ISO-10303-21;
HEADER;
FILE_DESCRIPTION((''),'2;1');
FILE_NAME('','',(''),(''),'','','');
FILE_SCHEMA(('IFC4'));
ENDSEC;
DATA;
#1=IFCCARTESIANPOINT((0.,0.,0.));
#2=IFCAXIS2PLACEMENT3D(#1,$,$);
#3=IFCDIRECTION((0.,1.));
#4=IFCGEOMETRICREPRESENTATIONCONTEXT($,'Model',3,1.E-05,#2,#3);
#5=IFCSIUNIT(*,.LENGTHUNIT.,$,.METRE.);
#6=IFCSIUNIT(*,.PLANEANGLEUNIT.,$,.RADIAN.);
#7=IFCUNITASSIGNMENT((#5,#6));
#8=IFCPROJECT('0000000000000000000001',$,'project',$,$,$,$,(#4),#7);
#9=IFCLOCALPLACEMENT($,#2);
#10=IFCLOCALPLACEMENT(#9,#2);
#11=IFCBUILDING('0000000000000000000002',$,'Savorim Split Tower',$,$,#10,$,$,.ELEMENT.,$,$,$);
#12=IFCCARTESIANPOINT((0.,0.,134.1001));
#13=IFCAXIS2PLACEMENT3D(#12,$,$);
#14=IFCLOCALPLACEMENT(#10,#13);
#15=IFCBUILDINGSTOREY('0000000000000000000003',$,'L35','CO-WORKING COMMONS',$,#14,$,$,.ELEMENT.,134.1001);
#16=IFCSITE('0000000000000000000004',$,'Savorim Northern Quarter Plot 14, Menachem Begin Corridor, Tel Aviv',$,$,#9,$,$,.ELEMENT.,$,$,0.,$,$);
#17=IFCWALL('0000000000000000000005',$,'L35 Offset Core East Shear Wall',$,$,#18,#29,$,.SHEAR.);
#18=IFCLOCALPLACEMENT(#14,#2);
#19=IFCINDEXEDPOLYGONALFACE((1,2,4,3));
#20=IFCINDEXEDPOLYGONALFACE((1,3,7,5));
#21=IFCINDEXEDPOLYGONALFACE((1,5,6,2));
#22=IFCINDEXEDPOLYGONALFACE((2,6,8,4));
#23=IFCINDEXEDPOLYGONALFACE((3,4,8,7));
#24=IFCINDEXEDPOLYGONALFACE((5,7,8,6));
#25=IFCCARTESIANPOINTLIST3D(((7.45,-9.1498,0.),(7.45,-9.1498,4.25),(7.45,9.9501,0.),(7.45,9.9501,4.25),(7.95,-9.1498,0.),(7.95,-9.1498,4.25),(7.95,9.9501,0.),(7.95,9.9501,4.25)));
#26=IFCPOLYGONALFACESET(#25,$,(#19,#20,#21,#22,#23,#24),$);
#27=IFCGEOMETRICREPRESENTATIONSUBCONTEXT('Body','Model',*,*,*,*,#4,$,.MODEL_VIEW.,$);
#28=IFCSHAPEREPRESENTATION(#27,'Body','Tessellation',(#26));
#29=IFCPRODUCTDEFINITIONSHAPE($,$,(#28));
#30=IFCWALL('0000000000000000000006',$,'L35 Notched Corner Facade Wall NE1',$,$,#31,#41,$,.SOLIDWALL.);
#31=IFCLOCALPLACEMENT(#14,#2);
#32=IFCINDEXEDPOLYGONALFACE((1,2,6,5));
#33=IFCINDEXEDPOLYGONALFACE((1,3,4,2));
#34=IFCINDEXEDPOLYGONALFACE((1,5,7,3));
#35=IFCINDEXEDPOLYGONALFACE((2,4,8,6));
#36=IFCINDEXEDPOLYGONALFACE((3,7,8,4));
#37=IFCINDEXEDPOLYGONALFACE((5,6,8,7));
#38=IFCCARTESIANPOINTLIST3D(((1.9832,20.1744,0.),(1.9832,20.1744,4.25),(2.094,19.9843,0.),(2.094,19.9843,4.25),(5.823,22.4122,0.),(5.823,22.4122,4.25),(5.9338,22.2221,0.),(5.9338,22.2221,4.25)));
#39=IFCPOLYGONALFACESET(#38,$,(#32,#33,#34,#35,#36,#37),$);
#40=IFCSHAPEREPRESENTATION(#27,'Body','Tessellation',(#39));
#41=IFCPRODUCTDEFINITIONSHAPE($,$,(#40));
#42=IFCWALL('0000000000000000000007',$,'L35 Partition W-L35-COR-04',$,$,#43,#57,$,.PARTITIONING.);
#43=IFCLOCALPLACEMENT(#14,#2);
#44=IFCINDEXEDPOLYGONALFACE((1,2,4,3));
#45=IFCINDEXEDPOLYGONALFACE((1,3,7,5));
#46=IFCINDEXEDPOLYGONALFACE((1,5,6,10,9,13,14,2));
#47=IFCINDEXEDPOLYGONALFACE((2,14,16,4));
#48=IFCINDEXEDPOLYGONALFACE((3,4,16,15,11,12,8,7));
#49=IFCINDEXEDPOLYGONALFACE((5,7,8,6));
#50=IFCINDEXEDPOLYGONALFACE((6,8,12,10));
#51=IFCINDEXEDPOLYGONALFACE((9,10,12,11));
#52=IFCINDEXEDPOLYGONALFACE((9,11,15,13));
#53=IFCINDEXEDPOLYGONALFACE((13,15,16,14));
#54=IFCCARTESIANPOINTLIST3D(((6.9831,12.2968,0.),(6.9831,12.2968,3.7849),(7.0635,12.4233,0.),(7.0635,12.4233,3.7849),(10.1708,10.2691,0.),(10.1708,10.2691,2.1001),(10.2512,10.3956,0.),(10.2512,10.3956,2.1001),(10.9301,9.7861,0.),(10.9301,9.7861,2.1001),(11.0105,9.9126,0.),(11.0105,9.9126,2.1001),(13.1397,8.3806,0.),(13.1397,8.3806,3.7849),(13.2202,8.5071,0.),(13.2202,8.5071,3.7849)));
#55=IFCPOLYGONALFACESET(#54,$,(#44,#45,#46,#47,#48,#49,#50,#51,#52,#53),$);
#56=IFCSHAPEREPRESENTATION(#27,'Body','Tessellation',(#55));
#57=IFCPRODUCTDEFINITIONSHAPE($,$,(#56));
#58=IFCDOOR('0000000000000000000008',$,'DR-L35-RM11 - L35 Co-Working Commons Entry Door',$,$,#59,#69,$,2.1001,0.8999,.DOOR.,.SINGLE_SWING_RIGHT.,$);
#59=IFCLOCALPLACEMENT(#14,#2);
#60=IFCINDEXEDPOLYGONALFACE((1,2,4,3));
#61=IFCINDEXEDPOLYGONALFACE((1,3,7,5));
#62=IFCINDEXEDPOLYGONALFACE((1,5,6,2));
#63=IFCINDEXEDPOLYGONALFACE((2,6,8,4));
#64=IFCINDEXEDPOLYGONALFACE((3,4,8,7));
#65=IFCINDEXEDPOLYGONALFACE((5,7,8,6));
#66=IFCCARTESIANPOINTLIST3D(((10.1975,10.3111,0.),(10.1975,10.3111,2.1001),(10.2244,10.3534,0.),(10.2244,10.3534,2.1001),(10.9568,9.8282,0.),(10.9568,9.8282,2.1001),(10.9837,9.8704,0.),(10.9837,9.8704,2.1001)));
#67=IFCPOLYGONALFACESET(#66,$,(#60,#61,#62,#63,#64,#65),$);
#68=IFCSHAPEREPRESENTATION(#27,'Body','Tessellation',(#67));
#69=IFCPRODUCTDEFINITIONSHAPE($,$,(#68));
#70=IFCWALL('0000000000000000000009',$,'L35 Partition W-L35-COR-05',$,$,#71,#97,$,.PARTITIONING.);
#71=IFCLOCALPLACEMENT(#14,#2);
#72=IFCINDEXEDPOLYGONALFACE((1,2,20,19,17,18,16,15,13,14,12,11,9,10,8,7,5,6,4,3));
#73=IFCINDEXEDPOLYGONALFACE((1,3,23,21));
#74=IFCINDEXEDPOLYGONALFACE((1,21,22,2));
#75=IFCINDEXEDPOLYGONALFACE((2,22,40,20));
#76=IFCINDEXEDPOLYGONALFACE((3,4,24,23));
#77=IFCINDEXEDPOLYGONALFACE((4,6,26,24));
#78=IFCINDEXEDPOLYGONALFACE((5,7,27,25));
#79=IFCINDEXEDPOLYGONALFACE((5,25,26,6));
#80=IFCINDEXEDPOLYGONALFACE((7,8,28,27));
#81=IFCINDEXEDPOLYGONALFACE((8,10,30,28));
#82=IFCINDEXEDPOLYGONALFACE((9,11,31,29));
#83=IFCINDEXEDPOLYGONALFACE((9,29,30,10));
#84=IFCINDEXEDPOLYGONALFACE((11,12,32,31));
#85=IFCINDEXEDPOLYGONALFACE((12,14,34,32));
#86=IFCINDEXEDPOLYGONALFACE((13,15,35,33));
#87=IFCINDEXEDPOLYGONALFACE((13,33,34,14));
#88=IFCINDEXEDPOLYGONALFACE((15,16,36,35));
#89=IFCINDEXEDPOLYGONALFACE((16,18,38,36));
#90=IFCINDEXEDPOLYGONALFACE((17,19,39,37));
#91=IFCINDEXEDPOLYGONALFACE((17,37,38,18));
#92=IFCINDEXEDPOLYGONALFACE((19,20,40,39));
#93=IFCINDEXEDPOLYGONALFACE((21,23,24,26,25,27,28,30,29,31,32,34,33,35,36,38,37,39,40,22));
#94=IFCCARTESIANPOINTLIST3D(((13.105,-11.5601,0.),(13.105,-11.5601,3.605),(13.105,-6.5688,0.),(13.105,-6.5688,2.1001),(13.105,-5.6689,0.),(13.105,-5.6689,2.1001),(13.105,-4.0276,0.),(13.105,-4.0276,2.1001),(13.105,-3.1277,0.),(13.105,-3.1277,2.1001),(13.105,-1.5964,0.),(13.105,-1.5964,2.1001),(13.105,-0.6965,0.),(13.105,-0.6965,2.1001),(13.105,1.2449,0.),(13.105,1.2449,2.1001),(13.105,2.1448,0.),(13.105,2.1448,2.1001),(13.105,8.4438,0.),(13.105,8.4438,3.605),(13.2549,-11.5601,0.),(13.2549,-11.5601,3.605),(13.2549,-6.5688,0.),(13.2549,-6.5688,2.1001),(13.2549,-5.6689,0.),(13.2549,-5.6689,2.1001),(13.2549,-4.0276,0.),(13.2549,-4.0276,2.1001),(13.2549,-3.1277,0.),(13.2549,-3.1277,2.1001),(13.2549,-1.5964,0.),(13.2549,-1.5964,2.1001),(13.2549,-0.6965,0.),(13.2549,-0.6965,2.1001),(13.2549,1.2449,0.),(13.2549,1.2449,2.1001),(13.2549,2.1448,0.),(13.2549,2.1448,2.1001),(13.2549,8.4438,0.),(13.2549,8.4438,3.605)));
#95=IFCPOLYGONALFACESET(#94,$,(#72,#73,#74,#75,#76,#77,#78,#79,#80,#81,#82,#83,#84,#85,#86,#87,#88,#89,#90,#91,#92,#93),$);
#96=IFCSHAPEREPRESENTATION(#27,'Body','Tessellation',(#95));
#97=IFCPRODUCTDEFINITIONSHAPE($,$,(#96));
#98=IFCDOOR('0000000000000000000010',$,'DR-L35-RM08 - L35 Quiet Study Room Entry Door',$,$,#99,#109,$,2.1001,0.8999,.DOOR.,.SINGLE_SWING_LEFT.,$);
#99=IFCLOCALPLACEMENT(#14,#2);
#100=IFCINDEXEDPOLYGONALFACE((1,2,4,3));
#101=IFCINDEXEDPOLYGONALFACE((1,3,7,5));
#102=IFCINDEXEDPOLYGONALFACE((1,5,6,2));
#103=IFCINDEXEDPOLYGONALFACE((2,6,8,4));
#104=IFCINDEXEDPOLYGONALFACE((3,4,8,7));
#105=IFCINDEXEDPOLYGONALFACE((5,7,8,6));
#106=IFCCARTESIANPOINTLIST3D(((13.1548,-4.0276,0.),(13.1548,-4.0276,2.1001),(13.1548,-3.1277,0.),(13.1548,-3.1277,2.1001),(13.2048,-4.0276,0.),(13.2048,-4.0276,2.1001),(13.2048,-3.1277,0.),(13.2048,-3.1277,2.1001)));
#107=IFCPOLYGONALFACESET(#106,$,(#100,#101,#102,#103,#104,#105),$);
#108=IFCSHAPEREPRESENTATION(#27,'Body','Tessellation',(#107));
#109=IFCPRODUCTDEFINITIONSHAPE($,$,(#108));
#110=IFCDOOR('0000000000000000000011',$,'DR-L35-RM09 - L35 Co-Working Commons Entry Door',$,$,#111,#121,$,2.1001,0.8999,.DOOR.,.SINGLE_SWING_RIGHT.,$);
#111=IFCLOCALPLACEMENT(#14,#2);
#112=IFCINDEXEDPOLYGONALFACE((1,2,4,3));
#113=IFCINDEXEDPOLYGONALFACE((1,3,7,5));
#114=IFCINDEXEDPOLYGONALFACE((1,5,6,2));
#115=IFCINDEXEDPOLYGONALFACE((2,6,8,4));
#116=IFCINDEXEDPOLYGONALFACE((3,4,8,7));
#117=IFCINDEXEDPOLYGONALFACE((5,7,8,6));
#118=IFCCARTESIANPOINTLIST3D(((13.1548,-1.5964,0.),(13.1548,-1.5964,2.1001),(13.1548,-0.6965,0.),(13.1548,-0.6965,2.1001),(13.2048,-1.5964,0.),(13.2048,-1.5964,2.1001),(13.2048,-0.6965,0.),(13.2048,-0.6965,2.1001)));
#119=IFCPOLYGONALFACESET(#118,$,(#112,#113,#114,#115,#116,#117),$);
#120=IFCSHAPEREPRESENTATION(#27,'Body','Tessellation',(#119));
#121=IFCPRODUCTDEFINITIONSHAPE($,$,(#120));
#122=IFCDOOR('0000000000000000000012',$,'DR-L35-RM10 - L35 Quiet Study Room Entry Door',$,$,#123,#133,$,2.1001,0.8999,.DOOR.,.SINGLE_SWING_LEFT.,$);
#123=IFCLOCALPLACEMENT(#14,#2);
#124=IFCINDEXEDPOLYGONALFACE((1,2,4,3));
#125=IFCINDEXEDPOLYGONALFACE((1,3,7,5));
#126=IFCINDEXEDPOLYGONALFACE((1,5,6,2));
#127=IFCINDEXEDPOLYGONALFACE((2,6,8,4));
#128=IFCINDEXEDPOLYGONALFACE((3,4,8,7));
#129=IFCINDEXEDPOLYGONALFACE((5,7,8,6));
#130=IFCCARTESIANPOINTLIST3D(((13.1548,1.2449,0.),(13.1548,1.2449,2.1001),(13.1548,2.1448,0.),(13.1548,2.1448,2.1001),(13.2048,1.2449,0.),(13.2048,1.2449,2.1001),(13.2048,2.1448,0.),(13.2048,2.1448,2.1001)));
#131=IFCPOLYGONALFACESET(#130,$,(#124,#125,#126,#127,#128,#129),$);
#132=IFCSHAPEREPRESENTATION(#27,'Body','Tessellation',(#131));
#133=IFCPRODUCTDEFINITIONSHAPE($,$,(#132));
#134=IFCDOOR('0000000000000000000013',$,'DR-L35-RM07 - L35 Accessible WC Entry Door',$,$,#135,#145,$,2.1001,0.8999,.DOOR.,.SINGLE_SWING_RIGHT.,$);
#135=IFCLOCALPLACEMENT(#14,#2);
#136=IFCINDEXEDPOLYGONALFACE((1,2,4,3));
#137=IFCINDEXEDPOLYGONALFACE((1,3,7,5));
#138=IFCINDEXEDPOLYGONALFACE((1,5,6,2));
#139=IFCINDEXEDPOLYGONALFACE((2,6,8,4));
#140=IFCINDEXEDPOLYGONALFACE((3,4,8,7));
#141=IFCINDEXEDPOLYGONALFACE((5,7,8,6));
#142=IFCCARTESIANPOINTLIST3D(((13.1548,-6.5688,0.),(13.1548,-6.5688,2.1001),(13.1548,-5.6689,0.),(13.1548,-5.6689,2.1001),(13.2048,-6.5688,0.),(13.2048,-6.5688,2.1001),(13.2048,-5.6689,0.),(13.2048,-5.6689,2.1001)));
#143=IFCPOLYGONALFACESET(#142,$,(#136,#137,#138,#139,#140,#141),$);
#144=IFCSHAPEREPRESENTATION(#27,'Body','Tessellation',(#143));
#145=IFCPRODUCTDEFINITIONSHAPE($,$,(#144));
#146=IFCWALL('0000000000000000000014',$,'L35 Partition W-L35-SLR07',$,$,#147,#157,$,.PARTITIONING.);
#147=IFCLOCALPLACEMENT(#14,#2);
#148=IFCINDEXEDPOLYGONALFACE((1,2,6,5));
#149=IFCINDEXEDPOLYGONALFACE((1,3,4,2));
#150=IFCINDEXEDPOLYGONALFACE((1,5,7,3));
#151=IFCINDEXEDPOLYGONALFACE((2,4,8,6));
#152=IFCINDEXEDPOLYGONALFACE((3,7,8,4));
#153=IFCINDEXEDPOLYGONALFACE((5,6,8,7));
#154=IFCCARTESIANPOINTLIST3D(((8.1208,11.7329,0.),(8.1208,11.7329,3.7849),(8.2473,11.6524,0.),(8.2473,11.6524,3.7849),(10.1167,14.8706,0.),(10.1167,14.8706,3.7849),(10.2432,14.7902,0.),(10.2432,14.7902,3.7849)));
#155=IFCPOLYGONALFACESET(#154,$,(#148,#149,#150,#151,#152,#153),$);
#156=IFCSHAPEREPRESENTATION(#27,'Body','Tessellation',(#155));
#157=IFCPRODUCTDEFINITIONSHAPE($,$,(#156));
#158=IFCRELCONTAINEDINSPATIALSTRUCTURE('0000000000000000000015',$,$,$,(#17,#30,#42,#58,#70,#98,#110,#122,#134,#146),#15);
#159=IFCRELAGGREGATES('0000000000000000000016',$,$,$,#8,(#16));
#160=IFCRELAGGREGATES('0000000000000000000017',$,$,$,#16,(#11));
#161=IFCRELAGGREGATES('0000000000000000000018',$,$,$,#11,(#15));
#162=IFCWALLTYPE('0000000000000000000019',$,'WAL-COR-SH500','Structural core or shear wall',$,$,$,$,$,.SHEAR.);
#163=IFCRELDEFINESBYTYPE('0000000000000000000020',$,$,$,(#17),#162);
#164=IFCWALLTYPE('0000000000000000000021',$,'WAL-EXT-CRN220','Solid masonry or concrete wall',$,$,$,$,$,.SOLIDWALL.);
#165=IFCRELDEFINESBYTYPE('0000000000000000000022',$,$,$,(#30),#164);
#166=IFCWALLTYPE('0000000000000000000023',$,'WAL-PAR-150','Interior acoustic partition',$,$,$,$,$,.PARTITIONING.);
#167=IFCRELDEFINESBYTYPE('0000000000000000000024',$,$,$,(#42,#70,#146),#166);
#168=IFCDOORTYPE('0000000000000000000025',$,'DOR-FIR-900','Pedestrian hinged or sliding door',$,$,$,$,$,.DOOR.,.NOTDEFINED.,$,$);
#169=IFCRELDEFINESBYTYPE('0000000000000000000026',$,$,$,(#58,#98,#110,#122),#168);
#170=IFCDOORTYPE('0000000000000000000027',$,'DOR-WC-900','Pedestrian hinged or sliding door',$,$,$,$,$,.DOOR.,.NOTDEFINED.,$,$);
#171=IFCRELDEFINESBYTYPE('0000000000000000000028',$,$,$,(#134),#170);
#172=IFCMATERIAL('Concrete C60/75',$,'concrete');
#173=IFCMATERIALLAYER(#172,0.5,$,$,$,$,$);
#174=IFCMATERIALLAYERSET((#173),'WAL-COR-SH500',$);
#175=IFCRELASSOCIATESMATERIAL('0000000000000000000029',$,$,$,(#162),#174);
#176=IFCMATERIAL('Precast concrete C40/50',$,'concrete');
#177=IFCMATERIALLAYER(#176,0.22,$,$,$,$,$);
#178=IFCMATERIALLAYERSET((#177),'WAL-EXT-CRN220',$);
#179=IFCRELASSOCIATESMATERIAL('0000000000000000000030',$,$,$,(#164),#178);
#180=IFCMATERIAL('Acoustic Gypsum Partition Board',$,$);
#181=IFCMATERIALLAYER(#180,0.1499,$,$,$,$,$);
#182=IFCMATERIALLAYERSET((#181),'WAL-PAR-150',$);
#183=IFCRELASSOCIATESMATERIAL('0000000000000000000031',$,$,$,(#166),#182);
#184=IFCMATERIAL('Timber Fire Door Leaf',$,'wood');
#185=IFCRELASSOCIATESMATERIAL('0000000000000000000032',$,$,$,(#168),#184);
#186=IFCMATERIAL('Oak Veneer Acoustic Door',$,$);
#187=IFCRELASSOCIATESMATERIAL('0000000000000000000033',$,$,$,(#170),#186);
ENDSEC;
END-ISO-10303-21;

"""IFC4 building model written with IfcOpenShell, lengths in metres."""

from ifc_helpers import new_model, si_unit, direction, frame, frame_2d, origin, place, context, subcontext, project, spatial, rectangle, extrude, material, layer, layer_set, type_object, element, fill, save


model = new_model("IFC4")

# Units and contexts
model_context = context("Model", 3, precision=1e-05, world=origin(), true_north=direction((0.0, 1.0)))
body_context = subcontext(model_context, "Body", "Model", "MODEL_VIEW")
ifc_project = project(units=[si_unit("LENGTHUNIT", "METRE"), si_unit("PLANEANGLEUNIT", "RADIAN")], contexts=[model_context])

# Site, building, storey
site_placement = place(None, origin())
site = spatial("IfcSite", under=ifc_project, at=site_placement, Name="Savorim Northern Quarter Plot 14, Menachem Begin Corridor, Tel Aviv", CompositionType="ELEMENT", RefElevation=0.0)
building_placement = place(site_placement, origin())
building = spatial("IfcBuilding", under=site, at=building_placement, Name="Savorim Split Tower", CompositionType="ELEMENT")
storey_placement = place(building_placement, frame((0.0, 0.0, 134.1001)))
storey = spatial("IfcBuildingStorey", under=building, at=storey_placement, Name="L35", Description="CO-WORKING COMMONS", CompositionType="ELEMENT", Elevation=134.1001)

# Shared definitions
ifc_material_1 = material(Name="Concrete C60/75", Category="concrete")
ifc_layer_1 = layer(ifc_material_1, 0.5)
ifc_layer_set_1 = layer_set([ifc_layer_1], Name="WAL-COR-SH500")
wall_type_1 = type_object("IfcWallType", Name="WAL-COR-SH500", Description="Structural core or shear wall", PredefinedType="SHEAR", material=ifc_layer_set_1)
ifc_material_2 = material(Name="Timber Fire Door Leaf", Category="wood")

# Walls
wall_1_placement = place(storey_placement, frame((7.7, 9.95, 0.0), z_axis=(0.0, 0.0, 1.0), x_axis=(0.0, -1.0, 0.0)))
element("IfcWall", 1, at=wall_1_placement, inside=storey, type_object=wall_type_1, Name="L35 Offset Core East Shear Wall", PredefinedType="SHEAR", context=body_context, shape_type="SweptSolid", body=[
    extrude(rectangle(XDim=19.0999, YDim=0.5, at=frame_2d((9.5498, 0.0))), origin(), (0.0, 0.0, 1.0), 4.25),
])
ifc_material_3 = material(Name="Precast concrete C40/50", Category="concrete")
ifc_layer_2 = layer(ifc_material_3, 0.22)
ifc_layer_set_2 = layer_set([ifc_layer_2], Name="WAL-EXT-CRN220")
wall_type_2 = type_object("IfcWallType", Name="WAL-EXT-CRN220", Description="Solid masonry or concrete wall", PredefinedType="SOLIDWALL", material=ifc_layer_set_2)
wall_2_placement = place(storey_placement, frame((2.0386, 20.0793, 0.0), z_axis=(0.0, 0.0, 1.0), x_axis=(0.863986, 0.503516, 0.0)))
element("IfcWall", 2, at=wall_2_placement, inside=storey, type_object=wall_type_2, Name="L35 Notched Corner Facade Wall NE1", PredefinedType="SOLIDWALL", context=body_context, shape_type="SweptSolid", body=[
    extrude(rectangle(XDim=4.4443, YDim=0.22, at=frame_2d((2.2222, 0.0))), origin(), (0.0, 0.0, 1.0), 4.25),
])

# Wall, opening, door
ifc_material_4 = material(Name="Acoustic Gypsum Partition Board")
ifc_layer_3 = layer(ifc_material_4, 0.1499)
ifc_layer_set_3 = layer_set([ifc_layer_3], Name="WAL-PAR-150")
wall_type_3 = type_object("IfcWallType", Name="WAL-PAR-150", Description="Interior acoustic partition", PredefinedType="PARTITIONING", material=ifc_layer_set_3)
wall_3_placement = place(storey_placement, frame((7.0232, 12.3601, 0.0), z_axis=(0.0, 0.0, 1.0), x_axis=(0.843765, -0.536713, 0.0)))
wall_3 = element("IfcWall", 3, at=wall_3_placement, inside=storey, type_object=wall_type_3, Name="L35 Partition W-L35-COR-04", PredefinedType="PARTITIONING", context=body_context, shape_type="SweptSolid", body=[
    extrude(rectangle(XDim=7.2966, YDim=0.1499, at=frame_2d((3.6484, 0.0))), origin(), (0.0, 0.0, 1.0), 3.7849),
])
opening_1_placement = place(wall_3_placement, frame((3.7781, 0.0, 0.0)))
opening_1 = element("IfcOpeningElement", 4, at=opening_1_placement, cuts=wall_3, PredefinedType="OPENING", context=body_context, shape_type="SweptSolid", body=[
    extrude(rectangle(XDim=0.8999, YDim=2.1001, at=frame_2d((0.45, 1.05))), frame((0.0, 0.085, 0.0), z_axis=(0.0, -1.0, 0.0), x_axis=(1.0, 0.0, 0.0)), (0.0, 0.0, 1.0), 0.1699),
])
door_type_1 = type_object("IfcDoorType", Name="DOR-FIR-900", Description="Pedestrian hinged or sliding door", OperationType="NOTDEFINED", PredefinedType="DOOR", material=ifc_material_2)
door_1_placement = place(opening_1_placement, origin())
door_1 = element("IfcDoor", 5, at=door_1_placement, inside=storey, type_object=door_type_1, Name="DR-L35-RM11 - L35 Co-Working Commons Entry Door", OperationType="SINGLE_SWING_RIGHT", OverallHeight=2.1001, OverallWidth=0.8999, PredefinedType="DOOR", context=body_context, shape_type="SweptSolid", body=[
    extrude(rectangle(XDim=0.8999, YDim=2.1001, at=frame_2d((0.45, 1.05))), frame((0.0, 0.0249, 0.0), z_axis=(0.0, -1.0, 0.0), x_axis=(1.0, 0.0, 0.0)), (0.0, 0.0, 1.0), 0.05),
])
fill(opening_1, door_1)

# Wall, openings, doors
wall_4_placement = place(storey_placement, frame((13.1799, 8.4438, 0.0), z_axis=(0.0, 0.0, 1.0), x_axis=(0.0, -1.0, 0.0)))
wall_4 = element("IfcWall", 6, at=wall_4_placement, inside=storey, type_object=wall_type_3, Name="L35 Partition W-L35-COR-05", PredefinedType="PARTITIONING", context=body_context, shape_type="SweptSolid", body=[
    extrude(rectangle(XDim=20.0039, YDim=0.1499, at=frame_2d((10.002, 0.0))), origin(), (0.0, 0.0, 1.0), 3.605),
])
opening_2_placement = place(wall_4_placement, frame((14.1128, 0.0, 0.0)))
opening_2 = element("IfcOpeningElement", 7, at=opening_2_placement, cuts=wall_4, PredefinedType="OPENING", context=body_context, shape_type="SweptSolid", body=[
    extrude(rectangle(XDim=0.8999, YDim=2.1001, at=frame_2d((0.45, 1.05))), frame((0.0, 0.085, 0.0), z_axis=(0.0, -1.0, 0.0), x_axis=(1.0, 0.0, 0.0)), (0.0, 0.0, 1.0), 0.1699),
])
opening_3_placement = place(wall_4_placement, frame((11.5715, 0.0, 0.0)))
opening_3 = element("IfcOpeningElement", 8, at=opening_3_placement, cuts=wall_4, PredefinedType="OPENING", context=body_context, shape_type="SweptSolid", body=[
    extrude(rectangle(XDim=0.8999, YDim=2.1001, at=frame_2d((0.45, 1.05))), frame((0.0, 0.085, 0.0), z_axis=(0.0, -1.0, 0.0), x_axis=(1.0, 0.0, 0.0)), (0.0, 0.0, 1.0), 0.1699),
])
opening_4_placement = place(wall_4_placement, frame((9.1404, 0.0, 0.0)))
opening_4 = element("IfcOpeningElement", 9, at=opening_4_placement, cuts=wall_4, PredefinedType="OPENING", context=body_context, shape_type="SweptSolid", body=[
    extrude(rectangle(XDim=0.8999, YDim=2.1001, at=frame_2d((0.45, 1.05))), frame((0.0, 0.085, 0.0), z_axis=(0.0, -1.0, 0.0), x_axis=(1.0, 0.0, 0.0)), (0.0, 0.0, 1.0), 0.1699),
])
opening_5_placement = place(wall_4_placement, frame((6.2991, 0.0, 0.0)))
opening_5 = element("IfcOpeningElement", 10, at=opening_5_placement, cuts=wall_4, PredefinedType="OPENING", context=body_context, shape_type="SweptSolid", body=[
    extrude(rectangle(XDim=0.8999, YDim=2.1001, at=frame_2d((0.45, 1.05))), frame((0.0, 0.085, 0.0), z_axis=(0.0, -1.0, 0.0), x_axis=(1.0, 0.0, 0.0)), (0.0, 0.0, 1.0), 0.1699),
])
door_2_placement = place(opening_3_placement, origin())
door_2 = element("IfcDoor", 11, at=door_2_placement, inside=storey, type_object=door_type_1, Name="DR-L35-RM08 - L35 Quiet Study Room Entry Door", OperationType="SINGLE_SWING_LEFT", OverallHeight=2.1001, OverallWidth=0.8999, PredefinedType="DOOR", context=body_context, shape_type="SweptSolid", body=[
    extrude(rectangle(XDim=0.8999, YDim=2.1001, at=frame_2d((0.45, 1.05))), frame((0.0, 0.0249, 0.0), z_axis=(0.0, -1.0, 0.0), x_axis=(1.0, 0.0, 0.0)), (0.0, 0.0, 1.0), 0.05),
])
fill(opening_3, door_2)
door_3_placement = place(opening_4_placement, origin())
door_3 = element("IfcDoor", 12, at=door_3_placement, inside=storey, type_object=door_type_1, Name="DR-L35-RM09 - L35 Co-Working Commons Entry Door", OperationType="SINGLE_SWING_RIGHT", OverallHeight=2.1001, OverallWidth=0.8999, PredefinedType="DOOR", context=body_context, shape_type="SweptSolid", body=[
    extrude(rectangle(XDim=0.8999, YDim=2.1001, at=frame_2d((0.45, 1.05))), frame((0.0, 0.0249, 0.0), z_axis=(0.0, -1.0, 0.0), x_axis=(1.0, 0.0, 0.0)), (0.0, 0.0, 1.0), 0.05),
])
fill(opening_4, door_3)
door_4_placement = place(opening_5_placement, origin())
door_4 = element("IfcDoor", 13, at=door_4_placement, inside=storey, type_object=door_type_1, Name="DR-L35-RM10 - L35 Quiet Study Room Entry Door", OperationType="SINGLE_SWING_LEFT", OverallHeight=2.1001, OverallWidth=0.8999, PredefinedType="DOOR", context=body_context, shape_type="SweptSolid", body=[
    extrude(rectangle(XDim=0.8999, YDim=2.1001, at=frame_2d((0.45, 1.05))), frame((0.0, 0.0249, 0.0), z_axis=(0.0, -1.0, 0.0), x_axis=(1.0, 0.0, 0.0)), (0.0, 0.0, 1.0), 0.05),
])
fill(opening_5, door_4)
ifc_material_5 = material(Name="Oak Veneer Acoustic Door")
door_type_2 = type_object("IfcDoorType", Name="DOR-WC-900", Description="Pedestrian hinged or sliding door", OperationType="NOTDEFINED", PredefinedType="DOOR", material=ifc_material_5)
door_5_placement = place(opening_2_placement, origin())
door_5 = element("IfcDoor", 14, at=door_5_placement, inside=storey, type_object=door_type_2, Name="DR-L35-RM07 - L35 Accessible WC Entry Door", OperationType="SINGLE_SWING_RIGHT", OverallHeight=2.1001, OverallWidth=0.8999, PredefinedType="DOOR", context=body_context, shape_type="SweptSolid", body=[
    extrude(rectangle(XDim=0.8999, YDim=2.1001, at=frame_2d((0.45, 1.05))), frame((0.0, 0.0249, 0.0), z_axis=(0.0, -1.0, 0.0), x_axis=(1.0, 0.0, 0.0)), (0.0, 0.0, 1.0), 0.05),
])
fill(opening_2, door_5)

# Wall
wall_5_placement = place(storey_placement, frame((8.1841, 11.6926, 0.0), z_axis=(0.0, 0.0, 1.0), x_axis=(0.53671, 0.843767, 0.0)))
element("IfcWall", 15, at=wall_5_placement, inside=storey, type_object=wall_type_3, Name="L35 Partition W-L35-SLR07", PredefinedType="PARTITIONING", context=body_context, shape_type="SweptSolid", body=[
    extrude(rectangle(XDim=3.7188, YDim=0.1499, at=frame_2d((1.8594, 0.0))), origin(), (0.0, 0.0, 1.0), 3.7849),
])

save(model, "model.ifc")
